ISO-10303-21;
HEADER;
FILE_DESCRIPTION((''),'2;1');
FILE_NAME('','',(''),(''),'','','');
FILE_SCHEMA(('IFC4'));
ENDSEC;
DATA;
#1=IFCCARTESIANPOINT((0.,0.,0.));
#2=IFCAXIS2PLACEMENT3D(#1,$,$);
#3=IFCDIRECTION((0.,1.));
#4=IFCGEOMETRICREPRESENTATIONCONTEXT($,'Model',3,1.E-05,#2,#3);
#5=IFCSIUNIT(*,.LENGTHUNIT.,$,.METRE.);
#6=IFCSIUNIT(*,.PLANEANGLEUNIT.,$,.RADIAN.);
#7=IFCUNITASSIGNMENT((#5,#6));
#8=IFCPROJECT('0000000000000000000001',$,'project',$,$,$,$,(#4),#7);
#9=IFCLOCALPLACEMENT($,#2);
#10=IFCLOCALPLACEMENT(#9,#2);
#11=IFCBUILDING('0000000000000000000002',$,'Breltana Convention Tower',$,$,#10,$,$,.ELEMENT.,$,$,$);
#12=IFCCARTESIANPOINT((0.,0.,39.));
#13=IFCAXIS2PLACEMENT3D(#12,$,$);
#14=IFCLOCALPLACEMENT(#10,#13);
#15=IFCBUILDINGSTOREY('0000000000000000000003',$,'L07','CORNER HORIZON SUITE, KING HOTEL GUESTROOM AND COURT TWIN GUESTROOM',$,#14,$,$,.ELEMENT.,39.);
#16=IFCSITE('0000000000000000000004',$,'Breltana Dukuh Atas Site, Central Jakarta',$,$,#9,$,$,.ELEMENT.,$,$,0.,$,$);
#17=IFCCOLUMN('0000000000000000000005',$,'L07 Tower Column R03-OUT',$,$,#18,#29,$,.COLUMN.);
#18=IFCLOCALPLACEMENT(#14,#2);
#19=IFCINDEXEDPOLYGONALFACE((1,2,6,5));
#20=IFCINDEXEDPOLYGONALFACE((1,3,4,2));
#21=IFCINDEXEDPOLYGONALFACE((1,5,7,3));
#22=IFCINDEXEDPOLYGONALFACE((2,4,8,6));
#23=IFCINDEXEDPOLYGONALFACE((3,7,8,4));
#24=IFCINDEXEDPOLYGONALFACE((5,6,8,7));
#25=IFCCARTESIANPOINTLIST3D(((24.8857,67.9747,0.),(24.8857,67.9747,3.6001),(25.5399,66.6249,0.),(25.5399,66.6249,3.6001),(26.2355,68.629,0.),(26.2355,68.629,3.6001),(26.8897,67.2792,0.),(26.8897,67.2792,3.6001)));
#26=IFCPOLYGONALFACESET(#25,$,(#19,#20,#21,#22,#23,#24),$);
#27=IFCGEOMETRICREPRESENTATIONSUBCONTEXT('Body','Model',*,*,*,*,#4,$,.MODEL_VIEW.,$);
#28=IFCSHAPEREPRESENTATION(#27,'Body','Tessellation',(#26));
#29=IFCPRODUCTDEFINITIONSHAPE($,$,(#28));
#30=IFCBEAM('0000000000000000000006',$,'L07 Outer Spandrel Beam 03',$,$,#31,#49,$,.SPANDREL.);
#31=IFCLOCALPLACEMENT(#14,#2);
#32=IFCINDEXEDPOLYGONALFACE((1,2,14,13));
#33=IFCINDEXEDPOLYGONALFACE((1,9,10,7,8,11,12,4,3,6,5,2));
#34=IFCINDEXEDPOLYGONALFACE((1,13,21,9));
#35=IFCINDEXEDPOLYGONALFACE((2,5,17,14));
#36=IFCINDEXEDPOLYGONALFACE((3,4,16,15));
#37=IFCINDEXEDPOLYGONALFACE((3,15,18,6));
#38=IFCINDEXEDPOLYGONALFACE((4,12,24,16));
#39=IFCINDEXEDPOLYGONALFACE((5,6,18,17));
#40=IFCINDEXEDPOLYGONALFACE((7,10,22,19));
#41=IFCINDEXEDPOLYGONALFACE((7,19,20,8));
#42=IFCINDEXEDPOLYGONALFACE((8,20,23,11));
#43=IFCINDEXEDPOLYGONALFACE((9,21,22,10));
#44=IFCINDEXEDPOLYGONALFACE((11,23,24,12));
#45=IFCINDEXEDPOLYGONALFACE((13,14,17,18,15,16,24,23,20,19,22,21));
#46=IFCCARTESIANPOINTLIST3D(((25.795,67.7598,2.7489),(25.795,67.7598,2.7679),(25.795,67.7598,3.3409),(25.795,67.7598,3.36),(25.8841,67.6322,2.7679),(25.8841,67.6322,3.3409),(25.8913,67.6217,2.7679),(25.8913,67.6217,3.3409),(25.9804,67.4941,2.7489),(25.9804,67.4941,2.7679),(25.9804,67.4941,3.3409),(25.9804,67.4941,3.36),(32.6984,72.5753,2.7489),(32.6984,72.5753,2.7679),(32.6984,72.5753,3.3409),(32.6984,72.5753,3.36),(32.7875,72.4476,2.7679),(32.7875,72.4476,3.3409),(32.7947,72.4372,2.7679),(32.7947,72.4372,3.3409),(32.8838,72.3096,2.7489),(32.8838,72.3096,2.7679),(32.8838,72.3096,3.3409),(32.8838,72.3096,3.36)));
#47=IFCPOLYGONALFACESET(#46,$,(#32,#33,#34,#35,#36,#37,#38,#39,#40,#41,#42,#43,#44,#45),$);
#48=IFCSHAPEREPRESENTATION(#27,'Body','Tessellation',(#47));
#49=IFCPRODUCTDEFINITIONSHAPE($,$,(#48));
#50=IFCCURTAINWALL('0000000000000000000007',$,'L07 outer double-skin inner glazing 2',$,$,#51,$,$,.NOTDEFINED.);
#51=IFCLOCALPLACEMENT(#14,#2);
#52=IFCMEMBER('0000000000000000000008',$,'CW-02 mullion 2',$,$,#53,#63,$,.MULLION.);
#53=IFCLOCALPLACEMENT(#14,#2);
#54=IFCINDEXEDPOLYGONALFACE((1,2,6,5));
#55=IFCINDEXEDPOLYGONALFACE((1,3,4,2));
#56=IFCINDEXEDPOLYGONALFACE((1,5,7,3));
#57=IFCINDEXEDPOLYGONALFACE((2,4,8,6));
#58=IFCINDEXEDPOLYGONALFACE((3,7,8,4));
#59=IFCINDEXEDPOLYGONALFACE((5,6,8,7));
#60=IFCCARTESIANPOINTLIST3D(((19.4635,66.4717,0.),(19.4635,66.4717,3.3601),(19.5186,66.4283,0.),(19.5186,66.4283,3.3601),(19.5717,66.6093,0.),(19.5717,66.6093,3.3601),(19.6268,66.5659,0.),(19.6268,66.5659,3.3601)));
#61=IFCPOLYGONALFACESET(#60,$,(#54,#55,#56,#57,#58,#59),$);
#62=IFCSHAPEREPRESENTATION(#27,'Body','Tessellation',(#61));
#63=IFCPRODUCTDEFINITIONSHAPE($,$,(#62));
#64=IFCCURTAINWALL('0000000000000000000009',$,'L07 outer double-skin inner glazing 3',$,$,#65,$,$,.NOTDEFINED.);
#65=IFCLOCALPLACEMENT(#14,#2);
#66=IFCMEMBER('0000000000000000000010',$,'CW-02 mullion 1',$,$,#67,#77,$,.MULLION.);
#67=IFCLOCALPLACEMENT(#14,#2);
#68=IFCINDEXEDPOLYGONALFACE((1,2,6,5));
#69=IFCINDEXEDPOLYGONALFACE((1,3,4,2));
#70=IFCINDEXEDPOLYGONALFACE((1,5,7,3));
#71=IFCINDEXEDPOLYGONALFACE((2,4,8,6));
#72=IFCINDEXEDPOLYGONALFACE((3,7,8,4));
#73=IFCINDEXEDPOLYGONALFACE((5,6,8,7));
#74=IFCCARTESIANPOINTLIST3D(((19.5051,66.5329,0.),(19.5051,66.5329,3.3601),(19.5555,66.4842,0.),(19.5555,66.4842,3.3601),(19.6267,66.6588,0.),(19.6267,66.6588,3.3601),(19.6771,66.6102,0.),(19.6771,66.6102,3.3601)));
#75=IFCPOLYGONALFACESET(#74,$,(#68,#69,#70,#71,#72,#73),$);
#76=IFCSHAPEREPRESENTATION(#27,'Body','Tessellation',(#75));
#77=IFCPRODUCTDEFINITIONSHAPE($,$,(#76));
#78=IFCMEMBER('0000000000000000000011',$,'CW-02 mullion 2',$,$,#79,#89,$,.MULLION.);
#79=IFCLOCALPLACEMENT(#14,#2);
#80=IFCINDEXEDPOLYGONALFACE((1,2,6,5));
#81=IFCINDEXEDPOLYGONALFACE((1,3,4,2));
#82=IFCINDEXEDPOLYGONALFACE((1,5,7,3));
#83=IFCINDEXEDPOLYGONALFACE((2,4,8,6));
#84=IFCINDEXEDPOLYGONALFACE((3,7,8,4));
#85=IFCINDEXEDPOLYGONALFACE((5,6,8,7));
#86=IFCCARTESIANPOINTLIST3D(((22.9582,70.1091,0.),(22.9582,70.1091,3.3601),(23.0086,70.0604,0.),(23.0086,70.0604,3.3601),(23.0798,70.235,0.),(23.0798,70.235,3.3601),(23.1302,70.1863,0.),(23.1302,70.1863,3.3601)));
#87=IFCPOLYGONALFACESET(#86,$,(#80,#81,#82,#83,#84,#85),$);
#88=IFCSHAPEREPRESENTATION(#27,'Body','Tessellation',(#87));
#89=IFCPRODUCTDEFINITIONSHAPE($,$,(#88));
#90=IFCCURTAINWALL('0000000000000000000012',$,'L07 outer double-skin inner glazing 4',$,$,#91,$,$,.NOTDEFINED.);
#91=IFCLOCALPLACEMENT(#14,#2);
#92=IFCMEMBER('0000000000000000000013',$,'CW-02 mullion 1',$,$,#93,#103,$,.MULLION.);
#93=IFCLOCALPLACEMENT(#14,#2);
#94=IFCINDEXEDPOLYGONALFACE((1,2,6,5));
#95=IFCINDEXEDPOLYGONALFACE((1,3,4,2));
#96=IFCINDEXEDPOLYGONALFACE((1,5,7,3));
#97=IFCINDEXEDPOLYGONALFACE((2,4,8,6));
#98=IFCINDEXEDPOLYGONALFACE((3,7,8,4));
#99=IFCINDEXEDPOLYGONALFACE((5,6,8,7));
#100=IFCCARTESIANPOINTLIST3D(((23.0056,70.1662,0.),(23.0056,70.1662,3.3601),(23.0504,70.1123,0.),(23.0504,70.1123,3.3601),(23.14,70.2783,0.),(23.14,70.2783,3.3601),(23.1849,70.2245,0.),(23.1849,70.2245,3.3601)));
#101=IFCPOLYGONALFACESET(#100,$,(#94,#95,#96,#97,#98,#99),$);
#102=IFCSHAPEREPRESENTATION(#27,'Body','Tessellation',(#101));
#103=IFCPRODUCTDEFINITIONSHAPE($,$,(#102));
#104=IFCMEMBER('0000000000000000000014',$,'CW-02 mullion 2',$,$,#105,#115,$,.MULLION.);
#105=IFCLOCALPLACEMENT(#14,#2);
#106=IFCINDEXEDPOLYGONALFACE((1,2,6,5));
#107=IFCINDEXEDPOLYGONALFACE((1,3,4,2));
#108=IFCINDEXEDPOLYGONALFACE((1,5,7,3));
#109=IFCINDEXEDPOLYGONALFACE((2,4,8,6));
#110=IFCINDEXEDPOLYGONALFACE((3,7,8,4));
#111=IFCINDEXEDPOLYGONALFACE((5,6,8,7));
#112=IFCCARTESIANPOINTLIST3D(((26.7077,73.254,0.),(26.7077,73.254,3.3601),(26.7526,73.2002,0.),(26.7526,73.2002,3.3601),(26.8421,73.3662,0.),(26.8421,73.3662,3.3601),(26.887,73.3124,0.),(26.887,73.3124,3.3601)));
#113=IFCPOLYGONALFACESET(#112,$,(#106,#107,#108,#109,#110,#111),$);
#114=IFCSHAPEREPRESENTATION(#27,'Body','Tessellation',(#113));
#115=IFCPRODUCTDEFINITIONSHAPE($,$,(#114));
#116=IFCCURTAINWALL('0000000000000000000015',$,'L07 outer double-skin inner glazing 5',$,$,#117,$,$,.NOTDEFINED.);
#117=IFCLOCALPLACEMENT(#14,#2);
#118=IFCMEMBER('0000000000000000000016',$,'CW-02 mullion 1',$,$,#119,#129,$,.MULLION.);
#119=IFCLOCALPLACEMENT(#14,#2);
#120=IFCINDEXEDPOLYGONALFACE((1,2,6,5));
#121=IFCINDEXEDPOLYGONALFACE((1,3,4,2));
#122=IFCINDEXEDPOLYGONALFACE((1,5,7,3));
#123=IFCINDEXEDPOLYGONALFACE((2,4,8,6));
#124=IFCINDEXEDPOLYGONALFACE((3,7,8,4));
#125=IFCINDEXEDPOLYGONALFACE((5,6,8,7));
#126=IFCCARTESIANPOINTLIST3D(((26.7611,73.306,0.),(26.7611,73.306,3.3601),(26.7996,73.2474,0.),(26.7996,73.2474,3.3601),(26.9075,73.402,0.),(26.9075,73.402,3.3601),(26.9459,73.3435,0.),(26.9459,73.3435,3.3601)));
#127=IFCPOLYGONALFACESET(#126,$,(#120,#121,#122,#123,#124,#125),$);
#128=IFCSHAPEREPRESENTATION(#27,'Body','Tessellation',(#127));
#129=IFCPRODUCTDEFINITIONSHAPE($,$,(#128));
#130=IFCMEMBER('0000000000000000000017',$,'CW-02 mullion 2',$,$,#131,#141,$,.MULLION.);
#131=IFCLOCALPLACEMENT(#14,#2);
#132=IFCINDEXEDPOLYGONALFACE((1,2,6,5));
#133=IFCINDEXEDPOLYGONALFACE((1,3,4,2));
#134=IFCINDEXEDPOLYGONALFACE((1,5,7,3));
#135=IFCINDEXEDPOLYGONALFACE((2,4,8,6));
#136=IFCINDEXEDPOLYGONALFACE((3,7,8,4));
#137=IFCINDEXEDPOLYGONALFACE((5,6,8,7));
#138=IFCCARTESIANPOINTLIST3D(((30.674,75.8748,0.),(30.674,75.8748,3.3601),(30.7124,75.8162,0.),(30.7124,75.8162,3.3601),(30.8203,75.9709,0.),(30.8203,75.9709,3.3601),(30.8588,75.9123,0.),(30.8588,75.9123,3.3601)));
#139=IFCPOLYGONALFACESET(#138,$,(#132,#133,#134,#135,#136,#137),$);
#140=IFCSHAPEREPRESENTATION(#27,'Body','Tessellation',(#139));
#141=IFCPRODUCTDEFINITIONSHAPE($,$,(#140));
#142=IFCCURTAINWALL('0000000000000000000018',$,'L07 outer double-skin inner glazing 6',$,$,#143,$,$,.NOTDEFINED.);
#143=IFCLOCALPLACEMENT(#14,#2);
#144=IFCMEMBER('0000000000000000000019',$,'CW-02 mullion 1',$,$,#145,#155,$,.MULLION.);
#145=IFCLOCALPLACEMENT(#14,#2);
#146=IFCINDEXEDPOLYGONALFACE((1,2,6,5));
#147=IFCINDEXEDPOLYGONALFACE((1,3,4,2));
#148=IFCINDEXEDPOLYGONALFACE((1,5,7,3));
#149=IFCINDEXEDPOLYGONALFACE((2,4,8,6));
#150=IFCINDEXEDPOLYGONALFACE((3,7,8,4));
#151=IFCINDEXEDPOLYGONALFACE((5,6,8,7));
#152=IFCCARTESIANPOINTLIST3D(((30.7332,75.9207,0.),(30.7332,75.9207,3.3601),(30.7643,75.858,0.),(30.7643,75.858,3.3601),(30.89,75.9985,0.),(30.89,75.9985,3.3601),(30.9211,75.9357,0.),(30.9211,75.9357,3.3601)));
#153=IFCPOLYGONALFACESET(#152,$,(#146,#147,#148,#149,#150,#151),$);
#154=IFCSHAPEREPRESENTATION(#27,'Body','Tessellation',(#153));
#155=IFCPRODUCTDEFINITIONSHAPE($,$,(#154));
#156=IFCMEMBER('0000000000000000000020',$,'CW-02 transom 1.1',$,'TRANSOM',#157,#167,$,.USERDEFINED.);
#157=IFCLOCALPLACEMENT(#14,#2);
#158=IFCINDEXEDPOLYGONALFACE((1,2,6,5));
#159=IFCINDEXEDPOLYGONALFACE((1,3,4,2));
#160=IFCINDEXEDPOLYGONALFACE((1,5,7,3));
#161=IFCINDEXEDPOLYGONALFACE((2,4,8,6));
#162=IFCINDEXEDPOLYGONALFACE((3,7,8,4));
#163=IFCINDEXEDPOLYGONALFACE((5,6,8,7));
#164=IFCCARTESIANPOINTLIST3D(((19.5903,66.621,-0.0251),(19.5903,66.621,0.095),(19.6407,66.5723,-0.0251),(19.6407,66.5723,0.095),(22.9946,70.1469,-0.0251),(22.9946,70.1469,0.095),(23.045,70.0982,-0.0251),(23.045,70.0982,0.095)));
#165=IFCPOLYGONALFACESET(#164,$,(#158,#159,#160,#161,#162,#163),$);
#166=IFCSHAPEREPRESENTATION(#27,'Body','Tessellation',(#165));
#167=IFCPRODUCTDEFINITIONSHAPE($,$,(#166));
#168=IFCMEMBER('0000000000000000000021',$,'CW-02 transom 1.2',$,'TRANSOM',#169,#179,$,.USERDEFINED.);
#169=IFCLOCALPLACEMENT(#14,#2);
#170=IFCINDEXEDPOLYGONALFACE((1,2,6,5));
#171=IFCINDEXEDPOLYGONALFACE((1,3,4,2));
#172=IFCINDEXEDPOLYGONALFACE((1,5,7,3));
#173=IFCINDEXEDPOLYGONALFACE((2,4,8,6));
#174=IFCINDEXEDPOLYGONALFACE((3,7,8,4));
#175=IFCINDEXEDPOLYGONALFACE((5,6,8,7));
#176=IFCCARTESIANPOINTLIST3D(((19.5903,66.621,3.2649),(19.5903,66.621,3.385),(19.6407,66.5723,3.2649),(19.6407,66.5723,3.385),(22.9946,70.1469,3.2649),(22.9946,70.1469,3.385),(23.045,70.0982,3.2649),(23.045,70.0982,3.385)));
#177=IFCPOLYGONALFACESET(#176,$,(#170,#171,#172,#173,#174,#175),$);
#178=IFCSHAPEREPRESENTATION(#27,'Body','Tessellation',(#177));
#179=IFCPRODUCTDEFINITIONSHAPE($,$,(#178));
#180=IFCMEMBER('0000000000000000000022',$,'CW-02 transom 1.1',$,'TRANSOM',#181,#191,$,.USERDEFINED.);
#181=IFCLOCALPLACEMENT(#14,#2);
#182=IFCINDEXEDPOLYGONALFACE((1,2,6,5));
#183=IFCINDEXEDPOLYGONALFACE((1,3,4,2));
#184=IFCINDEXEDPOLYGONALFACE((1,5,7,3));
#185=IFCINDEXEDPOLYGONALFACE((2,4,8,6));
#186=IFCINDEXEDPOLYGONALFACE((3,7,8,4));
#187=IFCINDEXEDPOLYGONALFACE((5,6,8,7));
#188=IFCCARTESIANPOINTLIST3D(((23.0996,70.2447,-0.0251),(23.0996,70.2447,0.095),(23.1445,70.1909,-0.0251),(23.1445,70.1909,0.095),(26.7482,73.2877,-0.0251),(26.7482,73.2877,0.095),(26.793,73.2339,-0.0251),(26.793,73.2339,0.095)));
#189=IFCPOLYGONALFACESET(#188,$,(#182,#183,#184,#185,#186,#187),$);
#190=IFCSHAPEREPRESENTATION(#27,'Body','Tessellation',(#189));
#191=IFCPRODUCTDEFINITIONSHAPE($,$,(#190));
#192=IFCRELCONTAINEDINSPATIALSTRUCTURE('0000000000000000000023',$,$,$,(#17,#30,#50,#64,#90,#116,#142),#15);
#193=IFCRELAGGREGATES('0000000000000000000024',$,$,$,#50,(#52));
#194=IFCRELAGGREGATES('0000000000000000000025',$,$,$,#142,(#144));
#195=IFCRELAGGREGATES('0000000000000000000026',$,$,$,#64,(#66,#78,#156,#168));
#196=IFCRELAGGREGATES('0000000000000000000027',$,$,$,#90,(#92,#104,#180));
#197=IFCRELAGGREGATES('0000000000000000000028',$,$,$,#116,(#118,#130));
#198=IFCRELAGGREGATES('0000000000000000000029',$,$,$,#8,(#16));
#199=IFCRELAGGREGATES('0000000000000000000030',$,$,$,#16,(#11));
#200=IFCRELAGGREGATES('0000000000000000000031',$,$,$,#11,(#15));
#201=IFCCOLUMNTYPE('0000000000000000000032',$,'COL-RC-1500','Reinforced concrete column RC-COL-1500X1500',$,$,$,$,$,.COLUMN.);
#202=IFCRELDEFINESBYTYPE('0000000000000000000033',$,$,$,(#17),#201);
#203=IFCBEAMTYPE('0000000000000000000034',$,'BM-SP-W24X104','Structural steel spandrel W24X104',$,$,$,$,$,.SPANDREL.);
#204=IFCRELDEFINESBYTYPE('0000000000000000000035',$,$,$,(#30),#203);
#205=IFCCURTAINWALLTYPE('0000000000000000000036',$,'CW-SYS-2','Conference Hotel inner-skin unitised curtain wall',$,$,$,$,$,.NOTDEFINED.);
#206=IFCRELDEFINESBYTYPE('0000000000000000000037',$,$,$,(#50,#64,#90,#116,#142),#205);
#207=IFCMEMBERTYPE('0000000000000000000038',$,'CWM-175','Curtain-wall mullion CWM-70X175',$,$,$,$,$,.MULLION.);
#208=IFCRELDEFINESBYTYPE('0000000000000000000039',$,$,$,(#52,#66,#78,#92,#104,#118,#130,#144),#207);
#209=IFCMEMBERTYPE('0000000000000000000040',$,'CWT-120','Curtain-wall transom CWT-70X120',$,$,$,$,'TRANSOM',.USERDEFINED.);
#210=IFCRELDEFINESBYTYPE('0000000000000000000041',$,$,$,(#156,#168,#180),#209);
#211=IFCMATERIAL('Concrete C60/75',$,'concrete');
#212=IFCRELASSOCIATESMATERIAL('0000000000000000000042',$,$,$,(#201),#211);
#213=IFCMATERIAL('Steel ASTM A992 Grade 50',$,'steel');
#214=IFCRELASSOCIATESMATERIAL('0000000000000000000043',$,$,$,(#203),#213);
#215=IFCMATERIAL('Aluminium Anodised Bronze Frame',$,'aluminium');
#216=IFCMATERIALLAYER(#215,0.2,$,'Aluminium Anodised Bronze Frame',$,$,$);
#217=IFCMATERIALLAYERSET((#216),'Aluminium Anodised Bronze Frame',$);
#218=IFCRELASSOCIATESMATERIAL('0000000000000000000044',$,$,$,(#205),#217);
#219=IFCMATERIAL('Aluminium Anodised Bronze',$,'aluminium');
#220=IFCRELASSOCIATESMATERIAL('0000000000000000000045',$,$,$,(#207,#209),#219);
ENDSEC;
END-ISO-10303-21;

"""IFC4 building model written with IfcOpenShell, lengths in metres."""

from ifc_helpers import new_model, si_unit, direction, frame, origin, origin_2d, place, context, subcontext, project, spatial, rectangle, i_section, extrude, source, transform, mapped, material, layer, layer_set, material_profile, profile_set, type_object, type_shapes, element, aggregate, save


model = new_model("IFC4")

# Units and contexts
model_context = context("Model", 3, precision=1e-05, world=origin(), true_north=direction((0.0, 1.0)))
body_context = subcontext(model_context, "Body", "Model", "MODEL_VIEW")
ifc_project = project(units=[si_unit("LENGTHUNIT", "METRE"), si_unit("PLANEANGLEUNIT", "RADIAN")], contexts=[model_context])

# Site, building, storey
site_placement = place(None, origin())
site = spatial("IfcSite", under=ifc_project, at=site_placement, Name="Breltana Dukuh Atas Site, Central Jakarta", CompositionType="ELEMENT", RefElevation=0.0)
building_placement = place(site_placement, origin())
building = spatial("IfcBuilding", under=site, at=building_placement, Name="Breltana Convention Tower", CompositionType="ELEMENT")
storey_placement = place(building_placement, frame((0.0, 0.0, 39.0)))
storey = spatial("IfcBuildingStorey", under=building, at=storey_placement, Name="L07", Description="CORNER HORIZON SUITE, KING HOTEL GUESTROOM AND COURT TWIN GUESTROOM", CompositionType="ELEMENT", Elevation=39.0)

# Column
ifc_material_1 = material(Name="Concrete C60/75", Category="concrete")
ifc_material_profile_1 = material_profile(ifc_material_1, rectangle(XDim=1.5, YDim=1.5, at=origin_2d()), Name="RC-COL-1500X1500")
ifc_profile_set_1 = profile_set([ifc_material_profile_1], Name="Concrete C60/75")
column_type = type_object("IfcColumnType", Name="COL-RC-1500", Description="Reinforced concrete column RC-COL-1500X1500", PredefinedType="COLUMN", material=ifc_profile_set_1)
shared_shape_1 = source(origin(), body_context, "Body", "SweptSolid", [
    extrude(rectangle(XDim=1.5, YDim=1.5, at=origin_2d()), origin(), (0.0, 0.0, 1.0), 3.6001),
])
column_placement = place(storey_placement, frame((25.8877, 67.627, 0.0), z_axis=(0.0, 0.0, 1.0), x_axis=(-0.436174, 0.899863, 0.0)))
element("IfcColumn", 1, at=column_placement, inside=storey, type_object=column_type, Name="L07 Tower Column R03-OUT", PredefinedType="COLUMN", context=body_context, shape_type="MappedRepresentation", body=[
    mapped(shared_shape_1, transform((0.0, 0.0, 0.0), scale=1.0)),
])

# Beam
ifc_material_2 = material(Name="Steel ASTM A992 Grade 50", Category="steel")
ifc_material_profile_2 = material_profile(ifc_material_2, i_section(OverallWidth=0.324, OverallDepth=0.6111, WebThickness=0.0127, FlangeThickness=0.019, at=origin_2d()), Name="W24X104")
ifc_profile_set_2 = profile_set([ifc_material_profile_2], Name="Steel ASTM A992 Grade 50")
beam_type = type_object("IfcBeamType", Name="BM-SP-W24X104", Description="Structural steel spandrel W24X104", PredefinedType="SPANDREL", material=ifc_profile_set_2)
shared_shape_2 = source(origin(), body_context, "Body", "SweptSolid", [
    extrude(i_section(OverallWidth=0.324, OverallDepth=0.6111, WebThickness=0.0127, FlangeThickness=0.019, at=origin_2d()), origin(), (0.0, 0.0, 1.0), 8.417),
])
beam_placement = place(storey_placement, frame((25.8877, 67.627, 3.0544), z_axis=(0.820174, 0.572114, 0.0), x_axis=(-0.572114, 0.820174, 0.0)))
element("IfcBeam", 2, at=beam_placement, inside=storey, type_object=beam_type, Name="L07 Outer Spandrel Beam 03", PredefinedType="SPANDREL", context=body_context, shape_type="MappedRepresentation", body=[
    mapped(shared_shape_2, transform((0.0, 0.0, 0.0), scale=1.0)),
])

# Curtain wall, member
ifc_material_3 = material(Name="Aluminium Anodised Bronze Frame", Category="aluminium")
ifc_layer_1 = layer(ifc_material_3, 0.2, Name="Aluminium Anodised Bronze Frame")
ifc_layer_set_1 = layer_set([ifc_layer_1], Name="Aluminium Anodised Bronze Frame")
curtain_wall_type = type_object("IfcCurtainWallType", Name="CW-SYS-2", Description="Conference Hotel inner-skin unitised curtain wall", PredefinedType="NOTDEFINED", material=ifc_layer_set_1)
curtain_wall_1_placement = place(storey_placement, origin())
curtain_wall_1 = element("IfcCurtainWall", 3, at=curtain_wall_1_placement, inside=storey, type_object=curtain_wall_type, Name="L07 outer double-skin inner glazing 2", PredefinedType="NOTDEFINED")
ifc_material_4 = material(Name="Aluminium Anodised Bronze", Category="aluminium")
ifc_material_profile_3 = material_profile(ifc_material_4, rectangle(XDim=0.0701, YDim=0.175, at=origin_2d()), Name="CWM-70X175")
ifc_profile_set_3 = profile_set([ifc_material_profile_3], Name="Aluminium Anodised Bronze")
member_type_1 = type_object("IfcMemberType", Name="CWM-175", Description="Curtain-wall mullion CWM-70X175", PredefinedType="MULLION", material=ifc_profile_set_3)
shared_shape_3 = source(origin(), body_context, "Body", "SweptSolid", [
    extrude(rectangle(XDim=0.0701, YDim=0.175, at=origin_2d()), origin(), (0.0, 0.0, 1.0), 3.3601),
])
type_shapes(member_type_1, [shared_shape_3])
member_1_placement = place(storey_placement, frame((19.5452, 66.5188, 0.0), z_axis=(0.0, 0.0, 1.0), x_axis=(-0.786057, 0.618154, 0.0)))
member_1 = element("IfcMember", 4, at=member_1_placement, type_object=member_type_1, Name="CW-02 mullion 2", PredefinedType="MULLION", context=body_context, shape_type="MappedRepresentation", body=[
    mapped(shared_shape_3, transform((0.0, 0.0, 0.0), scale=1.0)),
])
aggregate(curtain_wall_1, [member_1])

# Curtain walls, members
curtain_wall_2_placement = place(storey_placement, origin())
curtain_wall_2 = element("IfcCurtainWall", 5, at=curtain_wall_2_placement, inside=storey, type_object=curtain_wall_type, Name="L07 outer double-skin inner glazing 3", PredefinedType="NOTDEFINED")
member_2_placement = place(storey_placement, frame((19.5911, 66.5715, 0.0), z_axis=(0.0, 0.0, 1.0), x_axis=(-0.719386, 0.69461, 0.0)))
member_2 = element("IfcMember", 6, at=member_2_placement, type_object=member_type_1, Name="CW-02 mullion 1", PredefinedType="MULLION", context=body_context, shape_type="MappedRepresentation", body=[
    mapped(shared_shape_3, transform((0.0, 0.0, 0.0), scale=1.0)),
])
member_3_placement = place(storey_placement, frame((23.0442, 70.1477, 0.0), z_axis=(0.0, 0.0, 1.0), x_axis=(-0.719386, 0.69461, 0.0)))
member_3 = element("IfcMember", 7, at=member_3_placement, type_object=member_type_1, Name="CW-02 mullion 2", PredefinedType="MULLION", context=body_context, shape_type="MappedRepresentation", body=[
    mapped(shared_shape_3, transform((0.0, 0.0, 0.0), scale=1.0)),
])
curtain_wall_3_placement = place(storey_placement, origin())
curtain_wall_3 = element("IfcCurtainWall", 8, at=curtain_wall_3_placement, inside=storey, type_object=curtain_wall_type, Name="L07 outer double-skin inner glazing 4", PredefinedType="NOTDEFINED")
member_4_placement = place(storey_placement, frame((23.0952, 70.1953, 0.0), z_axis=(0.0, 0.0, 1.0), x_axis=(-0.64052, 0.767941, 0.0)))
member_4 = element("IfcMember", 9, at=member_4_placement, type_object=member_type_1, Name="CW-02 mullion 1", PredefinedType="MULLION", context=body_context, shape_type="MappedRepresentation", body=[
    mapped(shared_shape_3, transform((0.0, 0.0, 0.0), scale=1.0)),
])
member_5_placement = place(storey_placement, frame((26.7974, 73.2832, 0.0), z_axis=(0.0, 0.0, 1.0), x_axis=(-0.64052, 0.767941, 0.0)))
member_5 = element("IfcMember", 10, at=member_5_placement, type_object=member_type_1, Name="CW-02 mullion 2", PredefinedType="MULLION", context=body_context, shape_type="MappedRepresentation", body=[
    mapped(shared_shape_3, transform((0.0, 0.0, 0.0), scale=1.0)),
])
curtain_wall_4_placement = place(storey_placement, origin())
curtain_wall_4 = element("IfcCurtainWall", 11, at=curtain_wall_4_placement, inside=storey, type_object=curtain_wall_type, Name="L07 outer double-skin inner glazing 5", PredefinedType="NOTDEFINED")
member_6_placement = place(storey_placement, frame((26.8535, 73.3247, 0.0), z_axis=(0.0, 0.0, 1.0), x_axis=(-0.548784, 0.835964, 0.0)))
member_6 = element("IfcMember", 12, at=member_6_placement, type_object=member_type_1, Name="CW-02 mullion 1", PredefinedType="MULLION", context=body_context, shape_type="MappedRepresentation", body=[
    mapped(shared_shape_3, transform((0.0, 0.0, 0.0), scale=1.0)),
])
member_7_placement = place(storey_placement, frame((30.7664, 75.8936, 0.0), z_axis=(0.0, 0.0, 1.0), x_axis=(-0.548784, 0.835964, 0.0)))
member_7 = element("IfcMember", 13, at=member_7_placement, type_object=member_type_1, Name="CW-02 mullion 2", PredefinedType="MULLION", context=body_context, shape_type="MappedRepresentation", body=[
    mapped(shared_shape_3, transform((0.0, 0.0, 0.0), scale=1.0)),
])

# Curtain wall, member
curtain_wall_5_placement = place(storey_placement, origin())
curtain_wall_5 = element("IfcCurtainWall", 14, at=curtain_wall_5_placement, inside=storey, type_object=curtain_wall_type, Name="L07 outer double-skin inner glazing 6", PredefinedType="NOTDEFINED")
member_8_placement = place(storey_placement, frame((30.8271, 75.9282, 0.0), z_axis=(0.0, 0.0, 1.0), x_axis=(-0.444108, 0.895973, 0.0)))
member_8 = element("IfcMember", 15, at=member_8_placement, type_object=member_type_1, Name="CW-02 mullion 1", PredefinedType="MULLION", context=body_context, shape_type="MappedRepresentation", body=[
    mapped(shared_shape_3, transform((0.0, 0.0, 0.0), scale=1.0)),
])
aggregate(curtain_wall_5, [member_8])

# Members
ifc_material_profile_4 = material_profile(ifc_material_4, rectangle(XDim=0.0701, YDim=0.1201, at=origin_2d()), Name="CWT-70X120")
ifc_profile_set_4 = profile_set([ifc_material_profile_4], Name="Aluminium Anodised Bronze")
member_type_2 = type_object("IfcMemberType", Name="CWT-120", Description="Curtain-wall transom CWT-70X120", ElementType="TRANSOM", PredefinedType="USERDEFINED", material=ifc_profile_set_4)
shared_shape_4 = source(origin(), body_context, "Body", "SweptSolid", [
    extrude(rectangle(XDim=0.0701, YDim=0.1201, at=origin_2d()), origin(), (0.0, 0.0, 1.0), 4.9011),
])
member_9_placement = place(storey_placement, frame((19.6155, 66.5967, 0.0349), z_axis=(0.694595, 0.719401, 0.0), x_axis=(-0.719401, 0.694595, 0.0)))
member_9 = element("IfcMember", 16, at=member_9_placement, type_object=member_type_2, Name="CW-02 transom 1.1", ObjectType="TRANSOM", PredefinedType="USERDEFINED", context=body_context, shape_type="MappedRepresentation", body=[
    mapped(shared_shape_4, transform((0.0, 0.0, 0.0), scale=1.0)),
])
member_10_placement = place(storey_placement, frame((19.6155, 66.5967, 3.325), z_axis=(0.694595, 0.719401, 0.0), x_axis=(-0.719401, 0.694595, 0.0)))
member_10 = element("IfcMember", 17, at=member_10_placement, type_object=member_type_2, Name="CW-02 transom 1.2", ObjectType="TRANSOM", PredefinedType="USERDEFINED", context=body_context, shape_type="MappedRepresentation", body=[
    mapped(shared_shape_4, transform((0.0, 0.0, 0.0), scale=1.0)),
])
shared_shape_5 = source(origin(), body_context, "Body", "SweptSolid", [
    extrude(rectangle(XDim=0.0701, YDim=0.1201, at=origin_2d()), origin(), (0.0, 0.0, 1.0), 4.751),
])
member_11_placement = place(storey_placement, frame((23.1221, 70.2178, 0.0349), z_axis=(0.767952, 0.640508, 0.0), x_axis=(-0.640508, 0.767952, 0.0)))
member_11 = element("IfcMember", 18, at=member_11_placement, type_object=member_type_2, Name="CW-02 transom 1.1", ObjectType="TRANSOM", PredefinedType="USERDEFINED", context=body_context, shape_type="MappedRepresentation", body=[
    mapped(shared_shape_5, transform((0.0, 0.0, 0.0), scale=1.0)),
])

aggregate(curtain_wall_2, [member_2, member_3, member_9, member_10])
aggregate(curtain_wall_3, [member_4, member_5, member_11])
aggregate(curtain_wall_4, [member_6, member_7])

save(model, "model.ifc")
